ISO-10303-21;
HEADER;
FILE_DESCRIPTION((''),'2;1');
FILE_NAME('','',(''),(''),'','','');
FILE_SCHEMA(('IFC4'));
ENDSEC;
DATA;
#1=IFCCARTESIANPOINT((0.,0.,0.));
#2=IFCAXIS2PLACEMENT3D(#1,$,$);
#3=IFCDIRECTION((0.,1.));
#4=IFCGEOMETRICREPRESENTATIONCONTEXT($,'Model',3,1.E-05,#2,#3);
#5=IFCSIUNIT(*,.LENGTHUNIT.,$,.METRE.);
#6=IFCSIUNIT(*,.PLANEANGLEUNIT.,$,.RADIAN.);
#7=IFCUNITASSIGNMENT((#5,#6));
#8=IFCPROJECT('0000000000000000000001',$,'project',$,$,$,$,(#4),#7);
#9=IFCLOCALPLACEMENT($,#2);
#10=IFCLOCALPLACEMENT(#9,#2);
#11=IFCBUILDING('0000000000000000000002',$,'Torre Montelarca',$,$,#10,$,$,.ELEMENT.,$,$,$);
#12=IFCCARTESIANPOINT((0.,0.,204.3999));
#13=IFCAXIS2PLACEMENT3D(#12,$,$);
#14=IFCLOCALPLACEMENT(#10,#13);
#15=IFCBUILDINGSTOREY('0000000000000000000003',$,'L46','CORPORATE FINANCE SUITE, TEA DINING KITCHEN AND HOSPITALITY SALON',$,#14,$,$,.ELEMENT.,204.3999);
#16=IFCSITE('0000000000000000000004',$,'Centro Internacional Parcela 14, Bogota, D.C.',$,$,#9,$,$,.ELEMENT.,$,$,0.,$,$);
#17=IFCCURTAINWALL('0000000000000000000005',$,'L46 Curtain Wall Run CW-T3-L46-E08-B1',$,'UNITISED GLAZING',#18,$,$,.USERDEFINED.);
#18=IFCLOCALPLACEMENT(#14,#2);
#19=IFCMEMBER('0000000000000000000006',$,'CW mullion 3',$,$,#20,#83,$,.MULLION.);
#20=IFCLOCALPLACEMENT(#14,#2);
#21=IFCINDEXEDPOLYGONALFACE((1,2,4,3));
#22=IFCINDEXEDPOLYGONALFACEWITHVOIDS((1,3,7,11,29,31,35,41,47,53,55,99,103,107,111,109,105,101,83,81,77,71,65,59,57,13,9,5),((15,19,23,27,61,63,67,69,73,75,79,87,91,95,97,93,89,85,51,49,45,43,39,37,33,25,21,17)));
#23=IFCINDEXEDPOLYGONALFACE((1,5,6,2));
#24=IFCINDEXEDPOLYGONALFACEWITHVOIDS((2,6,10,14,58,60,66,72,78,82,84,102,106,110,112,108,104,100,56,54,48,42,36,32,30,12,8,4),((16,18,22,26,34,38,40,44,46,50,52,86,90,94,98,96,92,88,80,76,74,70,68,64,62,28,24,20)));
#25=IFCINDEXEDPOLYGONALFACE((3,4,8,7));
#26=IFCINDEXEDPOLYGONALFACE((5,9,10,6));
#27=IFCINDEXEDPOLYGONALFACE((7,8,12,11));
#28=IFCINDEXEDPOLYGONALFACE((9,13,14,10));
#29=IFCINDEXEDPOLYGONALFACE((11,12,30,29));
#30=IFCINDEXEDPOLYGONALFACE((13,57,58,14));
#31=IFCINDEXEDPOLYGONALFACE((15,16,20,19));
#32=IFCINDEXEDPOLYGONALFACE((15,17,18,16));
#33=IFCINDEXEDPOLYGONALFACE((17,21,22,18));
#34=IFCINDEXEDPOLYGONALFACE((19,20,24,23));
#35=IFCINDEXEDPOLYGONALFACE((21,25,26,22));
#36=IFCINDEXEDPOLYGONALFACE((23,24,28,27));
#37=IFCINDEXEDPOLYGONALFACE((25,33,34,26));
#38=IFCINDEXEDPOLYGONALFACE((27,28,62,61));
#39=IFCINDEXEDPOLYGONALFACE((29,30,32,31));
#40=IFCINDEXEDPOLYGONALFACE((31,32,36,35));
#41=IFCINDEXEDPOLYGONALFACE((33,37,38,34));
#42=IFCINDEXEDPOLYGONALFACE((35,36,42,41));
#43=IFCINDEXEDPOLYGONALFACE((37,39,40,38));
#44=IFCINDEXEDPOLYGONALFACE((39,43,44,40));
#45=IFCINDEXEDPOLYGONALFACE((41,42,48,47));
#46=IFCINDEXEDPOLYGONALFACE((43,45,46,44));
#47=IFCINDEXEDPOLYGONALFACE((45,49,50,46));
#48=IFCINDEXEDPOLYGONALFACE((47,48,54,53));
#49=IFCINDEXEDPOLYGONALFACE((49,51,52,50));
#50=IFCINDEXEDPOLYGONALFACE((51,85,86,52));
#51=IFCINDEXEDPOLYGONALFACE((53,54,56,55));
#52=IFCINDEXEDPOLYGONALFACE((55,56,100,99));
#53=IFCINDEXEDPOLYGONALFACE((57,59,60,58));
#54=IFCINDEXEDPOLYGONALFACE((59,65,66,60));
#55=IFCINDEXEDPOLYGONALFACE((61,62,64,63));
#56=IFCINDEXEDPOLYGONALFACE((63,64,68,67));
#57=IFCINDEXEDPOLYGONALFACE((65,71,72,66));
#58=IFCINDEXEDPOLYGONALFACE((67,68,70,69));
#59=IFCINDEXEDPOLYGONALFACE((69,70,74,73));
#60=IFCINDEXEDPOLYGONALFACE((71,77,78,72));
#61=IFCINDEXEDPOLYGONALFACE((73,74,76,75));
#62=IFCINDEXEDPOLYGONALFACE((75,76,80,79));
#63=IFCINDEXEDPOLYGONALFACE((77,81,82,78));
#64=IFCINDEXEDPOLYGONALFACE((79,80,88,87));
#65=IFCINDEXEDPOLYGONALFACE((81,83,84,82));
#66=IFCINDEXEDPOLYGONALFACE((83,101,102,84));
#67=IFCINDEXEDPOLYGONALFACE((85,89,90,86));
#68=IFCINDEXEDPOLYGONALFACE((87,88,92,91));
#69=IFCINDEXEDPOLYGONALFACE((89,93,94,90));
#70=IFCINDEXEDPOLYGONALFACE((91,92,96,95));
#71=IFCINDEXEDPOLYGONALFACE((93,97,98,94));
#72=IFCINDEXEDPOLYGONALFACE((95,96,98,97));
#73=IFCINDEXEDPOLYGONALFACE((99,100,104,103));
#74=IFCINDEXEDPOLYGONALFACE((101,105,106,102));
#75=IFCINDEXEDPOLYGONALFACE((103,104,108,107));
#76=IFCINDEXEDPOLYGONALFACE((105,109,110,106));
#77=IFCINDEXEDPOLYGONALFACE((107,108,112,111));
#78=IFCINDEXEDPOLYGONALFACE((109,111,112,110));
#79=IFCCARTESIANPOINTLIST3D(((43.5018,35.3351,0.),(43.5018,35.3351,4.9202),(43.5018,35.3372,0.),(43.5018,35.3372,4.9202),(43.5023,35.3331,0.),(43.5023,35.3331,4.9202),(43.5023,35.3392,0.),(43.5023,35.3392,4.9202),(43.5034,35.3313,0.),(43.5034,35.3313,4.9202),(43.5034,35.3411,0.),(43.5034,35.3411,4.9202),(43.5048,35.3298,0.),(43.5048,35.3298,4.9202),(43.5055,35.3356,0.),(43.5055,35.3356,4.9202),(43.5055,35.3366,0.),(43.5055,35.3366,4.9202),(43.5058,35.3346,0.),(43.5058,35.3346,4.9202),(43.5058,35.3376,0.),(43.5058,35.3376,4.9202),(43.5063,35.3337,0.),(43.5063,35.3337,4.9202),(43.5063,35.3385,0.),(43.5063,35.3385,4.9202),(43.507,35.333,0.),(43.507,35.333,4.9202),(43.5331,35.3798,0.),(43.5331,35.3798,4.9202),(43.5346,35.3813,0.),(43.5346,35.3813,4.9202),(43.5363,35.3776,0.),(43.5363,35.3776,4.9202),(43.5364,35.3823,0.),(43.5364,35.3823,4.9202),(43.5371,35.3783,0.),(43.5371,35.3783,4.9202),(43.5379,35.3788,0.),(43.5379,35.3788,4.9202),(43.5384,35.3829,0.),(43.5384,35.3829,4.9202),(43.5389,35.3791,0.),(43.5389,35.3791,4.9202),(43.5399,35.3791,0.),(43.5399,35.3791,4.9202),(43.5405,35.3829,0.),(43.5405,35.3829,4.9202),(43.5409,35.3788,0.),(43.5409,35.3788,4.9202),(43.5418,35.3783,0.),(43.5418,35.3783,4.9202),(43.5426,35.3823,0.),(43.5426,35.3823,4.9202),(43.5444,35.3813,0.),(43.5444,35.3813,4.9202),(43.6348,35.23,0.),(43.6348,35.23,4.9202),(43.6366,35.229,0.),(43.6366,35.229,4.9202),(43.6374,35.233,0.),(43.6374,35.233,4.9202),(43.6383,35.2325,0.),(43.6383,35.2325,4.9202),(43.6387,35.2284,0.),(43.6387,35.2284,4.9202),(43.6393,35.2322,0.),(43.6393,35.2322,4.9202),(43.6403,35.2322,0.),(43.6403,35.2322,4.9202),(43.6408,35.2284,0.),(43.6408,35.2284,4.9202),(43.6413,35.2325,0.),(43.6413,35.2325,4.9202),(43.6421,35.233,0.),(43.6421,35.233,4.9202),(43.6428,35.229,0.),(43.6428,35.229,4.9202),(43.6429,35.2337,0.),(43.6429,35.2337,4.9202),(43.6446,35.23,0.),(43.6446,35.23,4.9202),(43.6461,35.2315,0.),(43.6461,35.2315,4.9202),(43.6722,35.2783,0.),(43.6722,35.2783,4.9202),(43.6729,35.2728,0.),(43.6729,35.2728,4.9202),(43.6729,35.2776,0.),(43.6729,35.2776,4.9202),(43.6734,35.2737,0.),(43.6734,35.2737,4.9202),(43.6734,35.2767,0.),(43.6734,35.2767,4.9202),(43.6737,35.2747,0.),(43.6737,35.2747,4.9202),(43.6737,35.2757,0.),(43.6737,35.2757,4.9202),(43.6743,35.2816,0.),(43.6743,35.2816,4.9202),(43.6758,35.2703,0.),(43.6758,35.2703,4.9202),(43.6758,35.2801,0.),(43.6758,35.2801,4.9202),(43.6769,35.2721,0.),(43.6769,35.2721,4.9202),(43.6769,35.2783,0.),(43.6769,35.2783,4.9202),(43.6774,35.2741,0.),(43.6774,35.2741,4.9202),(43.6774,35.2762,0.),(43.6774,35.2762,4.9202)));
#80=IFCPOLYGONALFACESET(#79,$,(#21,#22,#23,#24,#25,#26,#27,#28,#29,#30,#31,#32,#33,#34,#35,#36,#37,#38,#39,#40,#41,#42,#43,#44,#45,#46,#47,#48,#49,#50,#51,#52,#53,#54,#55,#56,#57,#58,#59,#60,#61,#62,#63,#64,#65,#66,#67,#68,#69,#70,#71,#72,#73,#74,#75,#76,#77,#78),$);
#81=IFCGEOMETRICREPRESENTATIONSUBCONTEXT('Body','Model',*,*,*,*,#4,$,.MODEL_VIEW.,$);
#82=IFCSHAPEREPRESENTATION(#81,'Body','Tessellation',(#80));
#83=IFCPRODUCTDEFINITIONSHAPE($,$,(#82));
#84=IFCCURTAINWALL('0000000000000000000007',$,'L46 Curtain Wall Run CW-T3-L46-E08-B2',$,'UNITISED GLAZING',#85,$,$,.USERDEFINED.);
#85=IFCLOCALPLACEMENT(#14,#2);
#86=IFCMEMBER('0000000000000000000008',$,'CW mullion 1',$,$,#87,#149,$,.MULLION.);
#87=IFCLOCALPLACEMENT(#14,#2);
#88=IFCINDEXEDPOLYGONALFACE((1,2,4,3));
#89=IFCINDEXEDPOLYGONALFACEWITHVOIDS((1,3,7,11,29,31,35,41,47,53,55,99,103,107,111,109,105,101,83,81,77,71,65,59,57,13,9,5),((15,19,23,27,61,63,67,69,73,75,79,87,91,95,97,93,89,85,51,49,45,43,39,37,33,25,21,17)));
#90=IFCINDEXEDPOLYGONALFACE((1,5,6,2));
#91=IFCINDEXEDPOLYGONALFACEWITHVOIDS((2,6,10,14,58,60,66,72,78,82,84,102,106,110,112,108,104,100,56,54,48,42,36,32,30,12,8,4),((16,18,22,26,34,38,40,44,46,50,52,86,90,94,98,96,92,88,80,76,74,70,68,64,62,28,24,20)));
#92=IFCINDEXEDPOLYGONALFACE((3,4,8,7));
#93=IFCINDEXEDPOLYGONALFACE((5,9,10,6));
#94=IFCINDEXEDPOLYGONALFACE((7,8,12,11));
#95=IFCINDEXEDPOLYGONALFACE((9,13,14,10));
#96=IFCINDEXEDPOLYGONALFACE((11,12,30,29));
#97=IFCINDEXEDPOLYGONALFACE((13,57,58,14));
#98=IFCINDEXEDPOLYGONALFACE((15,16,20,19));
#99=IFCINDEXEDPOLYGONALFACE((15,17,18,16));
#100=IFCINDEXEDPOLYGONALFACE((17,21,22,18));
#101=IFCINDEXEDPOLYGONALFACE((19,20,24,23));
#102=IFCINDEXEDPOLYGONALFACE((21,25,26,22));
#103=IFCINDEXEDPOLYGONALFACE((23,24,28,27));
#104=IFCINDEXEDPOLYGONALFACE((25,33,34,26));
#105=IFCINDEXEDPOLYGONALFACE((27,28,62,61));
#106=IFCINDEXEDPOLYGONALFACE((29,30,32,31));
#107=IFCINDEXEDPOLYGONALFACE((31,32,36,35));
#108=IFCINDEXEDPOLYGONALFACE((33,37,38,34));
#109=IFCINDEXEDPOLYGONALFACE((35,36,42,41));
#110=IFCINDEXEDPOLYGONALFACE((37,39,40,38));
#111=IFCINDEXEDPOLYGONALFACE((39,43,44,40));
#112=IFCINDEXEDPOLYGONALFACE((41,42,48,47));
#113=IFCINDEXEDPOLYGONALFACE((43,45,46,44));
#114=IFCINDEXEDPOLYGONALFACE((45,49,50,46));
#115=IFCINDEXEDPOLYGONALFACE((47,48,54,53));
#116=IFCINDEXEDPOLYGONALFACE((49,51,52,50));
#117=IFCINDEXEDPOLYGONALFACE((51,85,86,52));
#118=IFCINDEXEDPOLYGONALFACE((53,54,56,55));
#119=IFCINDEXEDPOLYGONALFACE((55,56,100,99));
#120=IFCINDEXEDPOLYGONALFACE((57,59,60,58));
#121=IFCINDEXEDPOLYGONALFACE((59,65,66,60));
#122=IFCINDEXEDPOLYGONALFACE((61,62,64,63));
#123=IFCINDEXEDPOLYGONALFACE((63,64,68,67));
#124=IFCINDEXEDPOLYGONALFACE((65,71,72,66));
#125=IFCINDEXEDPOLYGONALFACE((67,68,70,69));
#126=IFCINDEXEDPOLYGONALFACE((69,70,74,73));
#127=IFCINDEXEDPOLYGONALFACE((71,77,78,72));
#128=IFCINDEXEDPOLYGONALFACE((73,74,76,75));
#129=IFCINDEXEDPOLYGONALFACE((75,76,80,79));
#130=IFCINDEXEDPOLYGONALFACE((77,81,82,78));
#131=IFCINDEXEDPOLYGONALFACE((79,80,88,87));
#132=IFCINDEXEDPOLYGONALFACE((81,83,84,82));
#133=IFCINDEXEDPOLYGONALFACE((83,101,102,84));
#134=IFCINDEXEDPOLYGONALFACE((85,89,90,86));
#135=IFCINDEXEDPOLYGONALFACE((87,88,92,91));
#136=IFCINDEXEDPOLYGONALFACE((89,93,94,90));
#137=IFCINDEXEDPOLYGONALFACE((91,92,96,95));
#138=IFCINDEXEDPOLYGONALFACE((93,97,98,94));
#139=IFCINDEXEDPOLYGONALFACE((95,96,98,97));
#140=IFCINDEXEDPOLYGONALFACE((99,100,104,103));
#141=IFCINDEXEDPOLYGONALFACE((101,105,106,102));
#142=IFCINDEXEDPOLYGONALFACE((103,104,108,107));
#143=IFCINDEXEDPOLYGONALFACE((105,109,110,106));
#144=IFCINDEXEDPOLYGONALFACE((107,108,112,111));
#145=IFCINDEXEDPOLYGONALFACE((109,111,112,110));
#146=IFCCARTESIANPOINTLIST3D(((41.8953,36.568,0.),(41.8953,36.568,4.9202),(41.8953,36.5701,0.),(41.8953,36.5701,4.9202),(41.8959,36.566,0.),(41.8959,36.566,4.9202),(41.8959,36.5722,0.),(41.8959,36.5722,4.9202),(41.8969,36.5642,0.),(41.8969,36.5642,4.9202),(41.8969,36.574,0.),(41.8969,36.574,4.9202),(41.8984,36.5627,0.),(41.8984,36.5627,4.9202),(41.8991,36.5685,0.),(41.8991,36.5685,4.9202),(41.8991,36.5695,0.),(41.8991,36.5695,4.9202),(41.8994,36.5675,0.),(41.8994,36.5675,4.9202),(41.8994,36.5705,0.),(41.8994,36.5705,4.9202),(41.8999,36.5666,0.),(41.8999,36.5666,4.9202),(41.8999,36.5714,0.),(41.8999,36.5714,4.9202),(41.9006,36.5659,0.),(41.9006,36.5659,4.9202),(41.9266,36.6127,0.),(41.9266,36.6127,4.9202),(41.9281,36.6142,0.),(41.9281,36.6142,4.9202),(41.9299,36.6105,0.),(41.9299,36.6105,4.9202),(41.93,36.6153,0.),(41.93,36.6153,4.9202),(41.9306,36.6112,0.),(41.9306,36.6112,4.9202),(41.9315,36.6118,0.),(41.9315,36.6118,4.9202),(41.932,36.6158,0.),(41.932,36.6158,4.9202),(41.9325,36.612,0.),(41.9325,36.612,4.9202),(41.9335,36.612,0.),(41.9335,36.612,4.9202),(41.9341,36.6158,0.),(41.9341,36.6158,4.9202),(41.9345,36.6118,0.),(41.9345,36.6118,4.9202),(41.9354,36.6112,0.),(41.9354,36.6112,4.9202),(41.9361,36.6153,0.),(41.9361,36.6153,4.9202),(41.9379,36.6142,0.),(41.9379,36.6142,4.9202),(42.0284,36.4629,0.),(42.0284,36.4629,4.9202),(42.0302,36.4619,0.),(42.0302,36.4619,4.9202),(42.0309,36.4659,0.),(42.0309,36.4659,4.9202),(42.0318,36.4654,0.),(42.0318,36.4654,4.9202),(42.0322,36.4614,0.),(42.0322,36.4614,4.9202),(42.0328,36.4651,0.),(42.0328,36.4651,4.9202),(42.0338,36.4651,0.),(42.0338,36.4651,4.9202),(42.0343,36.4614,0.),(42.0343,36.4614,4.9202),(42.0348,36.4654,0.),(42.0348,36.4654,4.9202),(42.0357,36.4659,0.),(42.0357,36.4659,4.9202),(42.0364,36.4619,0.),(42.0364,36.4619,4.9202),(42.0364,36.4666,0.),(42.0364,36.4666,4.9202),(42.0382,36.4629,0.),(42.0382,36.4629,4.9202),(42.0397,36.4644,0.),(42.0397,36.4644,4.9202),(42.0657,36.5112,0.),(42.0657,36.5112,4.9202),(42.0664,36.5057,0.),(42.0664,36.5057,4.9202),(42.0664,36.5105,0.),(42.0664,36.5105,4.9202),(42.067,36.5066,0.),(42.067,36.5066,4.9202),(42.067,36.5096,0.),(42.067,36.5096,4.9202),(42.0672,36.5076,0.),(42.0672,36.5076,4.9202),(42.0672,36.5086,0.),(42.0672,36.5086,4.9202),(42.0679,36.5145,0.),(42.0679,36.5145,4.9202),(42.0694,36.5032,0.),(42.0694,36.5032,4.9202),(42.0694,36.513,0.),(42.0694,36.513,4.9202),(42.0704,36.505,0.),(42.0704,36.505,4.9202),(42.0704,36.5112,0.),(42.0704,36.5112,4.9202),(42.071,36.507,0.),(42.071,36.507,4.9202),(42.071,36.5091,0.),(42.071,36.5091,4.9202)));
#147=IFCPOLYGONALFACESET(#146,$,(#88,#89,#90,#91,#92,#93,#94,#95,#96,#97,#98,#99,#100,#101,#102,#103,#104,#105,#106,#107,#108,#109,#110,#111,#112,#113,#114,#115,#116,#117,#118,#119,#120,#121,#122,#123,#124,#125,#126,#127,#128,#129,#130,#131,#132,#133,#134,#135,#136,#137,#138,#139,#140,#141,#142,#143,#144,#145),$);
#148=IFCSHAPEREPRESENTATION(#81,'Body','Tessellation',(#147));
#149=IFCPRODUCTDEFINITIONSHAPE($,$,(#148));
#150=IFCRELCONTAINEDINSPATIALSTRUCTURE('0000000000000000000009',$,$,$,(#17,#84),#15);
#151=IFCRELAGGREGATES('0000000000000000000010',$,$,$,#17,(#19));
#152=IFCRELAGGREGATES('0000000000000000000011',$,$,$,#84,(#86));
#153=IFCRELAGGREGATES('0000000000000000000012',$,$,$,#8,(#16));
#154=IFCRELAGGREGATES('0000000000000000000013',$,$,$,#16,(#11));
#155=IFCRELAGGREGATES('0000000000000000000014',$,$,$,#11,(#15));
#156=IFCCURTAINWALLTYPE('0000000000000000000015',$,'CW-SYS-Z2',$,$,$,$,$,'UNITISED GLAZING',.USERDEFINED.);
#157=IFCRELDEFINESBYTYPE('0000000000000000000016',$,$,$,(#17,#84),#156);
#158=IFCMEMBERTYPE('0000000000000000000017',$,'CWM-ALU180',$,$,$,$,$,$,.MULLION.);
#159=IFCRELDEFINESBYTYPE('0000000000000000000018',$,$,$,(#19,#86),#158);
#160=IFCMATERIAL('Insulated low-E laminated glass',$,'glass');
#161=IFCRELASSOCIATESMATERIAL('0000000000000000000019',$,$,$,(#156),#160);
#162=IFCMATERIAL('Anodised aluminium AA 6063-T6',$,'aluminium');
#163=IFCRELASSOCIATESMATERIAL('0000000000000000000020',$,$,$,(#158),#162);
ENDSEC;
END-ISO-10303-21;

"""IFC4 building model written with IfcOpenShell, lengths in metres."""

from ifc_helpers import new_model, si_unit, direction, frame, origin, origin_2d, place, context, subcontext, project, spatial, hollow_rectangle, extrude, source, transform, mapped, material, material_profile, profile_set, type_object, element, aggregate, save


model = new_model("IFC4")

# Units and contexts
model_context = context("Model", 3, precision=1e-05, world=origin(), true_north=direction((0.0, 1.0)))
body_context = subcontext(model_context, "Body", "Model", "MODEL_VIEW")
ifc_project = project(units=[si_unit("LENGTHUNIT", "METRE"), si_unit("PLANEANGLEUNIT", "RADIAN")], contexts=[model_context])

# Site, building, storey
site_placement = place(None, origin())
site = spatial("IfcSite", under=ifc_project, at=site_placement, Name="Centro Internacional Parcela 14, Bogota, D.C.", CompositionType="ELEMENT", RefElevation=0.0)
building_placement = place(site_placement, origin())
building = spatial("IfcBuilding", under=site, at=building_placement, Name="Torre Montelarca", CompositionType="ELEMENT")
storey_placement = place(building_placement, frame((0.0, 0.0, 204.3999)))
storey = spatial("IfcBuildingStorey", under=building, at=storey_placement, Name="L46", Description="CORPORATE FINANCE SUITE, TEA DINING KITCHEN AND HOSPITALITY SALON", CompositionType="ELEMENT", Elevation=204.3999)

# Shared definitions
ifc_material_1 = material(Name="Insulated low-E laminated glass", Category="glass")
curtain_wall_type = type_object("IfcCurtainWallType", Name="CW-SYS-Z2", ElementType="UNITISED GLAZING", PredefinedType="USERDEFINED", material=ifc_material_1)
ifc_material_2 = material(Name="Anodised aluminium AA 6063-T6", Category="aluminium")
ifc_material_profile_1 = material_profile(ifc_material_2, hollow_rectangle(XDim=0.0649, YDim=0.1799, WallThickness=0.0039, InnerFilletRadius=0.0039, OuterFilletRadius=0.0081, at=origin_2d()), Name="ALU65X180X4", Category="aluminium")
ifc_profile_set_1 = profile_set([ifc_material_profile_1], Name="Anodised aluminium AA 6063-T6")
member_type_1 = type_object("IfcMemberType", Name="CWM-ALU180", PredefinedType="MULLION", material=ifc_profile_set_1)
shared_shape_1 = source(origin(), body_context, "Body", "SweptSolid", [
    extrude(hollow_rectangle(XDim=0.0649, YDim=0.1799, WallThickness=0.0039, InnerFilletRadius=0.0039, OuterFilletRadius=0.0081, at=origin_2d()), origin(), (0.0, 0.0, 1.0), 4.9202),
])

# Curtain walls, members
curtain_wall_1_placement = place(storey_placement, origin())
curtain_wall_1 = element("IfcCurtainWall", 1, at=curtain_wall_1_placement, inside=storey, type_object=curtain_wall_type, Name="L46 Curtain Wall Run CW-T3-L46-E08-B1", ObjectType="UNITISED GLAZING", PredefinedType="USERDEFINED")
member_1_placement = place(storey_placement, frame((43.5896, 35.3057, 0.0), z_axis=(0.0, 0.0, 1.0), x_axis=(-0.608758, -0.793356, 0.0)))
member_1 = element("IfcMember", 2, at=member_1_placement, type_object=member_type_1, Name="CW mullion 3", PredefinedType="MULLION", context=body_context, shape_type="MappedRepresentation", body=[
    mapped(shared_shape_1, transform((0.0, 0.0, 0.0), scale=1.0)),
])
curtain_wall_2_placement = place(storey_placement, origin())
curtain_wall_2 = element("IfcCurtainWall", 3, at=curtain_wall_2_placement, inside=storey, type_object=curtain_wall_type, Name="L46 Curtain Wall Run CW-T3-L46-E08-B2", ObjectType="UNITISED GLAZING", PredefinedType="USERDEFINED")
member_2_placement = place(storey_placement, frame((41.9832, 36.5386, 0.0), z_axis=(0.0, 0.0, 1.0), x_axis=(-0.608771, -0.793346, 0.0)))
member_2 = element("IfcMember", 4, at=member_2_placement, type_object=member_type_1, Name="CW mullion 1", PredefinedType="MULLION", context=body_context, shape_type="MappedRepresentation", body=[
    mapped(shared_shape_1, transform((0.0, 0.0, 0.0), scale=1.0)),
])

aggregate(curtain_wall_1, [member_1])
aggregate(curtain_wall_2, [member_2])

save(model, "model.ifc")
